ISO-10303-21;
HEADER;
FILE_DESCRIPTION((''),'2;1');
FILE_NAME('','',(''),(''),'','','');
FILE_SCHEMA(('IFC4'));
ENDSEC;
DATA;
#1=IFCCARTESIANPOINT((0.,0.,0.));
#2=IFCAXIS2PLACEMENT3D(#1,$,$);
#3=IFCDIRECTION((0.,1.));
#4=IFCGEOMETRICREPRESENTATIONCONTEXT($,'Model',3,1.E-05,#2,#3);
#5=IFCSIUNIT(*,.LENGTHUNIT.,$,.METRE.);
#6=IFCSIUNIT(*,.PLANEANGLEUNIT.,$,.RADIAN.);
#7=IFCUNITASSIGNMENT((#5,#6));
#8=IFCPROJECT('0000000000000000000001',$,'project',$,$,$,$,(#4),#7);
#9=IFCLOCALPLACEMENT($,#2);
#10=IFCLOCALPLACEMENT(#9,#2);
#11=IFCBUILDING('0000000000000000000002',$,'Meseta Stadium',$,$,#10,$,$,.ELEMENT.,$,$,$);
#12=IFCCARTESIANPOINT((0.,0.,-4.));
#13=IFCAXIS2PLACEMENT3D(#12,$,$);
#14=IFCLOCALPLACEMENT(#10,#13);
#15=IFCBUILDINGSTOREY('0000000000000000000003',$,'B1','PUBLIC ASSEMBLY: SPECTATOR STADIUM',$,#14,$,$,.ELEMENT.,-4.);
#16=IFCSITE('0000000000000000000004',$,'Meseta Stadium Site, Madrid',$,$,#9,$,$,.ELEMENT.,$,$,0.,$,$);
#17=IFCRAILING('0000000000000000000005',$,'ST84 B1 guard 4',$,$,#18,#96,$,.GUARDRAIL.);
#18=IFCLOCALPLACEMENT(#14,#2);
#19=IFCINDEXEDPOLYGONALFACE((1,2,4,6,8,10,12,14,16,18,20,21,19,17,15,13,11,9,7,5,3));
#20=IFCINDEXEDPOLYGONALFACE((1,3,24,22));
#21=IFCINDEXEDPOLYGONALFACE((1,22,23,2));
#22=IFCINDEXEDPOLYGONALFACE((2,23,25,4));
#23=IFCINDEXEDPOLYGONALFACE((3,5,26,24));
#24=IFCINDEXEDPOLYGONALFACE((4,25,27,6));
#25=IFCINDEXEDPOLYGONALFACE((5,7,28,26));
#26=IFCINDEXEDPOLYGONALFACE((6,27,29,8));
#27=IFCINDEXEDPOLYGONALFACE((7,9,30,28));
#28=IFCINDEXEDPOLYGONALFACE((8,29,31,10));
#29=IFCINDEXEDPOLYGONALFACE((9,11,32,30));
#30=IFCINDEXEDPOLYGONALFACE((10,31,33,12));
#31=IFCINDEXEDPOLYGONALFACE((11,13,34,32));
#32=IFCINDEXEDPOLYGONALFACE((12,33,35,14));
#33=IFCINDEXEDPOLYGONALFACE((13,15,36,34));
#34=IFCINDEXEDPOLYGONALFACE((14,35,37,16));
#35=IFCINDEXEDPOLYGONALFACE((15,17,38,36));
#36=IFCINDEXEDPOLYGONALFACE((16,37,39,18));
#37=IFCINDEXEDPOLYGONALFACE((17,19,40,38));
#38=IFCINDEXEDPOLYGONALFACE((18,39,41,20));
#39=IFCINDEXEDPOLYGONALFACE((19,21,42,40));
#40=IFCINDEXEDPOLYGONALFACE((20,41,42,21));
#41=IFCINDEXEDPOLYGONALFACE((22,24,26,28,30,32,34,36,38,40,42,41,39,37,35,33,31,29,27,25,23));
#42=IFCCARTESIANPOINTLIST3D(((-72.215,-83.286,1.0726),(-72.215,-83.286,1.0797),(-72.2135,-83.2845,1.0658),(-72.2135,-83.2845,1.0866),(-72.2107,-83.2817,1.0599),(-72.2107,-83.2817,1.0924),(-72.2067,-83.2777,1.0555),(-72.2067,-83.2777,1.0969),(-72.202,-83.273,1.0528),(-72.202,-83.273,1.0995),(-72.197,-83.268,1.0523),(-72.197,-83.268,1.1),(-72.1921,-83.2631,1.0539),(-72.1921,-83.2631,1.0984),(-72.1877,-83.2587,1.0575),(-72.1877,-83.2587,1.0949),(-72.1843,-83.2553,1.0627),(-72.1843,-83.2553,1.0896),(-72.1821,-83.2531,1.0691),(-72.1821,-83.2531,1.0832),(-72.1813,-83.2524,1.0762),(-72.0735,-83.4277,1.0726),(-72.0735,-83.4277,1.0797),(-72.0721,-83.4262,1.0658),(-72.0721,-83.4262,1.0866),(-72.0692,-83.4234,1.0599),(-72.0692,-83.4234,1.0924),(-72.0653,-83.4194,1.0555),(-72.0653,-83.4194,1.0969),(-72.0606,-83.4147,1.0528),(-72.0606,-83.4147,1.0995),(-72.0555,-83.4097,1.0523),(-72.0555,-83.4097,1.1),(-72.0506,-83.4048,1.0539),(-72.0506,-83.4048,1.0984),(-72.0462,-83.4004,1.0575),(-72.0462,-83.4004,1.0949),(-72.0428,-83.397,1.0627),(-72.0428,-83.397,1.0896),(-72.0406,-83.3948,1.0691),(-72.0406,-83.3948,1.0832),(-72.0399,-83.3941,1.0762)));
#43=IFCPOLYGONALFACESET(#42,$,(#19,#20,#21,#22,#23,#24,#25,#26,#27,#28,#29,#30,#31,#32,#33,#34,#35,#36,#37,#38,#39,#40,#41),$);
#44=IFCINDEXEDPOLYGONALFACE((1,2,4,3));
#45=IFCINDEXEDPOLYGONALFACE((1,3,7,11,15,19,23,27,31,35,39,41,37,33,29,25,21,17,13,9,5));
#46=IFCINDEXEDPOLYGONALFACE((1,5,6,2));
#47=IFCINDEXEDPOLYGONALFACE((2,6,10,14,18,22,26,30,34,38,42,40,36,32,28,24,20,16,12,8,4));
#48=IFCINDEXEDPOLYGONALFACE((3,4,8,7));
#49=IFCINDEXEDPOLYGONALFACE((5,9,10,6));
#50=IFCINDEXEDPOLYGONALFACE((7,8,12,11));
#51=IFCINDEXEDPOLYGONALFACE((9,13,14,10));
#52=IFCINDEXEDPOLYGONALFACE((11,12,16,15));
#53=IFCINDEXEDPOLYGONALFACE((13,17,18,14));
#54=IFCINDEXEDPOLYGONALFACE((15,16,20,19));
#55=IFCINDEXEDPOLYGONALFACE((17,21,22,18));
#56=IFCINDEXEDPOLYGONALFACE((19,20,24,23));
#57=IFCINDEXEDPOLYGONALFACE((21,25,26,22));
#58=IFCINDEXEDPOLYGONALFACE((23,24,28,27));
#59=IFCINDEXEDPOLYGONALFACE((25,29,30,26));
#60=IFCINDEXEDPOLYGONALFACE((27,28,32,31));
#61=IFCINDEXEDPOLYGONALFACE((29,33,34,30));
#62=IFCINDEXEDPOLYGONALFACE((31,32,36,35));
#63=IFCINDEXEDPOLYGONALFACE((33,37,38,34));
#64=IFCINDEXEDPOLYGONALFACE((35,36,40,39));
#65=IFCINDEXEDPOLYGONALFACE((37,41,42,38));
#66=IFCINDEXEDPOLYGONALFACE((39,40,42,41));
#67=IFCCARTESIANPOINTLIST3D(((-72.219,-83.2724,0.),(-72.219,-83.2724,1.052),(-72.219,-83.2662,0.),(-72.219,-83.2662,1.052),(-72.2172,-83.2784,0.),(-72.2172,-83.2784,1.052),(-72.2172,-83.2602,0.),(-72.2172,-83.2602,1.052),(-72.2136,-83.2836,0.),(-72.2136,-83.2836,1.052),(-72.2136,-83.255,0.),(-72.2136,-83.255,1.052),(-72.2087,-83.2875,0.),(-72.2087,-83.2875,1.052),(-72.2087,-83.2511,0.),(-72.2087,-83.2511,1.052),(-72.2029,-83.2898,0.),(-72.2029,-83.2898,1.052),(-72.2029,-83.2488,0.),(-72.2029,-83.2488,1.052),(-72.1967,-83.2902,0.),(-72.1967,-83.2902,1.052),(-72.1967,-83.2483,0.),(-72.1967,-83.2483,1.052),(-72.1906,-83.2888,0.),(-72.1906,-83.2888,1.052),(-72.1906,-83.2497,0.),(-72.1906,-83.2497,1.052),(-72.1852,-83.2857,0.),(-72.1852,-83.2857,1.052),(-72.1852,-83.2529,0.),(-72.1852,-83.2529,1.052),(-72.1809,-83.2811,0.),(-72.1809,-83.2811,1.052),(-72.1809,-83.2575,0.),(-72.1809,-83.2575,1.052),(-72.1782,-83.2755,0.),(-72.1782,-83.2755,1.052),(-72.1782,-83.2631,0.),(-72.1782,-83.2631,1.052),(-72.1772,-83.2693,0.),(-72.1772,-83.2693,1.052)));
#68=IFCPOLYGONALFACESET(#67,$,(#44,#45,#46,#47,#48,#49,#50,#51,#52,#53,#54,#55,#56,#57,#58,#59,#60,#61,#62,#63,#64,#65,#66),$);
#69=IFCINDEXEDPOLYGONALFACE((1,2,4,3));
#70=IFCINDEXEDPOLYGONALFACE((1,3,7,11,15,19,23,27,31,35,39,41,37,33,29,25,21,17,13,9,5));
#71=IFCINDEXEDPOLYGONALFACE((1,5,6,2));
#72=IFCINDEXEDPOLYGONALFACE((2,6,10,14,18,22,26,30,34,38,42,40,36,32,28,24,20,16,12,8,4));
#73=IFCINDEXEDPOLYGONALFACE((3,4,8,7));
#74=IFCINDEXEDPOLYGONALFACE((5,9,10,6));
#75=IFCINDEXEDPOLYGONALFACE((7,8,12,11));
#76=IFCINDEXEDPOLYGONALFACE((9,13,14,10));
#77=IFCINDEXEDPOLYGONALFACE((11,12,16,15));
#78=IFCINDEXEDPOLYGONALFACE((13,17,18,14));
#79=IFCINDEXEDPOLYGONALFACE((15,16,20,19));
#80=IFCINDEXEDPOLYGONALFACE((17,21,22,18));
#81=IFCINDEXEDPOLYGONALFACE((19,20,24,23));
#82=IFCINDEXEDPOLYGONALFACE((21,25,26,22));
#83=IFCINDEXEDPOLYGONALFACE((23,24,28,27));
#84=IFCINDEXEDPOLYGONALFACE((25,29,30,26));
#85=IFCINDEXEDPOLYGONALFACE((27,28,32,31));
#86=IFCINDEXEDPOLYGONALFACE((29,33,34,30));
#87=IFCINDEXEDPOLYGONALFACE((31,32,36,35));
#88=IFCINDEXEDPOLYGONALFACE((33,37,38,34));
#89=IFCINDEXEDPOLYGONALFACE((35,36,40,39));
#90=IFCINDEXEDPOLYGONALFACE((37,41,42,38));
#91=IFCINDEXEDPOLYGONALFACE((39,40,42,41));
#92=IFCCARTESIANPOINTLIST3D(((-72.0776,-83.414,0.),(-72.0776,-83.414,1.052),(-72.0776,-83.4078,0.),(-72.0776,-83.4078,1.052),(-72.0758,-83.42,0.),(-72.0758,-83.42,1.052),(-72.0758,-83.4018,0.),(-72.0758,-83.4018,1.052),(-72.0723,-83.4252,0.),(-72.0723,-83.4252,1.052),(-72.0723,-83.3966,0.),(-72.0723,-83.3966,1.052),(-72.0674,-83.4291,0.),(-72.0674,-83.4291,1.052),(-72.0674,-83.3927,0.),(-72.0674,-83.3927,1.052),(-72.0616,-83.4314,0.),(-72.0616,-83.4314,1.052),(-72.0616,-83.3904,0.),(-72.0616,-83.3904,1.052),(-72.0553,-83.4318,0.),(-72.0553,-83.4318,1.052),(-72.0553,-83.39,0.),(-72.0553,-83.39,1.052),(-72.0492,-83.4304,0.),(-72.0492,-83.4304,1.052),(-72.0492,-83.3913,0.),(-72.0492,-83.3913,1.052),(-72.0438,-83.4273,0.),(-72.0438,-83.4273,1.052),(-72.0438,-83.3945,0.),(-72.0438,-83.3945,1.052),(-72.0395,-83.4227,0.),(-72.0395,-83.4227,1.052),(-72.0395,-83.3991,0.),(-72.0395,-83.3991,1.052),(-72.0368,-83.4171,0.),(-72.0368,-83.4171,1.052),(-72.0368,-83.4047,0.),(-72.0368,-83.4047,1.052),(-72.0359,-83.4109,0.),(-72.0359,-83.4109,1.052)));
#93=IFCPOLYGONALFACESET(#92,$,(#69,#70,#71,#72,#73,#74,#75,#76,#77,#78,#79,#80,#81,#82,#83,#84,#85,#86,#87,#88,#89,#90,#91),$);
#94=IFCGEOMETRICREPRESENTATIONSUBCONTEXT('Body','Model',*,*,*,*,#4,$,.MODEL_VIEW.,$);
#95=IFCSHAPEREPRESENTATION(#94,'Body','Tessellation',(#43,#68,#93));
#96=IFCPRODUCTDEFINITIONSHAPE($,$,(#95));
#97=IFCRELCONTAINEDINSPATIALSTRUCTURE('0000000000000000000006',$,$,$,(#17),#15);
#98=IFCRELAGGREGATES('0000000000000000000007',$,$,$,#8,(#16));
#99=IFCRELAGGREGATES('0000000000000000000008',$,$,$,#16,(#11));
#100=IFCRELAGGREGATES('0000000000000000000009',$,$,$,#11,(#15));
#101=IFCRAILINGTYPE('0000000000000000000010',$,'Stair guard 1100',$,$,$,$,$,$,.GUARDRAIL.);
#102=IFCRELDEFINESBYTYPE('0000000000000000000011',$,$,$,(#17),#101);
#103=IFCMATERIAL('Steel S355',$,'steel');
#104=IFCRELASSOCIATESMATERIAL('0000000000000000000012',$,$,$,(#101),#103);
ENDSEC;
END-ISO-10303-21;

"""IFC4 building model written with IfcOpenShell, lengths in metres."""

from ifc_helpers import new_model, si_unit, direction, frame, origin, origin_2d, place, context, subcontext, project, spatial, circle, extrude, material, type_object, element, save


model = new_model("IFC4")

# Units and contexts
model_context = context("Model", 3, precision=1e-05, world=origin(), true_north=direction((0.0, 1.0)))
body_context = subcontext(model_context, "Body", "Model", "MODEL_VIEW")
ifc_project = project(units=[si_unit("LENGTHUNIT", "METRE"), si_unit("PLANEANGLEUNIT", "RADIAN")], contexts=[model_context])

# Site, building, storey
site_placement = place(None, origin())
site = spatial("IfcSite", under=ifc_project, at=site_placement, Name="Meseta Stadium Site, Madrid", CompositionType="ELEMENT", RefElevation=0.0)
building_placement = place(site_placement, origin())
building = spatial("IfcBuilding", under=site, at=building_placement, Name="Meseta Stadium", CompositionType="ELEMENT")
storey_placement = place(building_placement, frame((0.0, 0.0, -4.0)))
storey = spatial("IfcBuildingStorey", under=building, at=storey_placement, Name="B1", Description="PUBLIC ASSEMBLY: SPECTATOR STADIUM", CompositionType="ELEMENT", Elevation=-4.0)

# Railing
ifc_material_1 = material(Name="Steel S355", Category="steel")
railing_type_1 = type_object("IfcRailingType", Name="Stair guard 1100", PredefinedType="GUARDRAIL", material=ifc_material_1)
railing_1_placement = place(storey_placement, frame((-72.1982, -83.2693, 0.0)))
element("IfcRailing", 1, at=railing_1_placement, inside=storey, type_object=railing_type_1, Name="ST84 B1 guard 4", PredefinedType="GUARDRAIL", context=body_context, shape_type="SweptSolid", body=[
    extrude(circle(Radius=0.0239, at=origin_2d()), frame((0.0, 0.0, 1.0762), z_axis=(0.706496, -0.707717, 0.0), x_axis=(0.707717, 0.706496, 0.0)), (0.0, 0.0, 1.0), 0.2002),
    extrude(circle(Radius=0.021, at=origin_2d()), origin(), (0.0, 0.0, 1.0), 1.052),
    extrude(circle(Radius=0.021, at=origin_2d()), frame((0.1414, -0.1416, 0.0)), (0.0, 0.0, 1.0), 1.052),
])

save(model, "model.ifc")
